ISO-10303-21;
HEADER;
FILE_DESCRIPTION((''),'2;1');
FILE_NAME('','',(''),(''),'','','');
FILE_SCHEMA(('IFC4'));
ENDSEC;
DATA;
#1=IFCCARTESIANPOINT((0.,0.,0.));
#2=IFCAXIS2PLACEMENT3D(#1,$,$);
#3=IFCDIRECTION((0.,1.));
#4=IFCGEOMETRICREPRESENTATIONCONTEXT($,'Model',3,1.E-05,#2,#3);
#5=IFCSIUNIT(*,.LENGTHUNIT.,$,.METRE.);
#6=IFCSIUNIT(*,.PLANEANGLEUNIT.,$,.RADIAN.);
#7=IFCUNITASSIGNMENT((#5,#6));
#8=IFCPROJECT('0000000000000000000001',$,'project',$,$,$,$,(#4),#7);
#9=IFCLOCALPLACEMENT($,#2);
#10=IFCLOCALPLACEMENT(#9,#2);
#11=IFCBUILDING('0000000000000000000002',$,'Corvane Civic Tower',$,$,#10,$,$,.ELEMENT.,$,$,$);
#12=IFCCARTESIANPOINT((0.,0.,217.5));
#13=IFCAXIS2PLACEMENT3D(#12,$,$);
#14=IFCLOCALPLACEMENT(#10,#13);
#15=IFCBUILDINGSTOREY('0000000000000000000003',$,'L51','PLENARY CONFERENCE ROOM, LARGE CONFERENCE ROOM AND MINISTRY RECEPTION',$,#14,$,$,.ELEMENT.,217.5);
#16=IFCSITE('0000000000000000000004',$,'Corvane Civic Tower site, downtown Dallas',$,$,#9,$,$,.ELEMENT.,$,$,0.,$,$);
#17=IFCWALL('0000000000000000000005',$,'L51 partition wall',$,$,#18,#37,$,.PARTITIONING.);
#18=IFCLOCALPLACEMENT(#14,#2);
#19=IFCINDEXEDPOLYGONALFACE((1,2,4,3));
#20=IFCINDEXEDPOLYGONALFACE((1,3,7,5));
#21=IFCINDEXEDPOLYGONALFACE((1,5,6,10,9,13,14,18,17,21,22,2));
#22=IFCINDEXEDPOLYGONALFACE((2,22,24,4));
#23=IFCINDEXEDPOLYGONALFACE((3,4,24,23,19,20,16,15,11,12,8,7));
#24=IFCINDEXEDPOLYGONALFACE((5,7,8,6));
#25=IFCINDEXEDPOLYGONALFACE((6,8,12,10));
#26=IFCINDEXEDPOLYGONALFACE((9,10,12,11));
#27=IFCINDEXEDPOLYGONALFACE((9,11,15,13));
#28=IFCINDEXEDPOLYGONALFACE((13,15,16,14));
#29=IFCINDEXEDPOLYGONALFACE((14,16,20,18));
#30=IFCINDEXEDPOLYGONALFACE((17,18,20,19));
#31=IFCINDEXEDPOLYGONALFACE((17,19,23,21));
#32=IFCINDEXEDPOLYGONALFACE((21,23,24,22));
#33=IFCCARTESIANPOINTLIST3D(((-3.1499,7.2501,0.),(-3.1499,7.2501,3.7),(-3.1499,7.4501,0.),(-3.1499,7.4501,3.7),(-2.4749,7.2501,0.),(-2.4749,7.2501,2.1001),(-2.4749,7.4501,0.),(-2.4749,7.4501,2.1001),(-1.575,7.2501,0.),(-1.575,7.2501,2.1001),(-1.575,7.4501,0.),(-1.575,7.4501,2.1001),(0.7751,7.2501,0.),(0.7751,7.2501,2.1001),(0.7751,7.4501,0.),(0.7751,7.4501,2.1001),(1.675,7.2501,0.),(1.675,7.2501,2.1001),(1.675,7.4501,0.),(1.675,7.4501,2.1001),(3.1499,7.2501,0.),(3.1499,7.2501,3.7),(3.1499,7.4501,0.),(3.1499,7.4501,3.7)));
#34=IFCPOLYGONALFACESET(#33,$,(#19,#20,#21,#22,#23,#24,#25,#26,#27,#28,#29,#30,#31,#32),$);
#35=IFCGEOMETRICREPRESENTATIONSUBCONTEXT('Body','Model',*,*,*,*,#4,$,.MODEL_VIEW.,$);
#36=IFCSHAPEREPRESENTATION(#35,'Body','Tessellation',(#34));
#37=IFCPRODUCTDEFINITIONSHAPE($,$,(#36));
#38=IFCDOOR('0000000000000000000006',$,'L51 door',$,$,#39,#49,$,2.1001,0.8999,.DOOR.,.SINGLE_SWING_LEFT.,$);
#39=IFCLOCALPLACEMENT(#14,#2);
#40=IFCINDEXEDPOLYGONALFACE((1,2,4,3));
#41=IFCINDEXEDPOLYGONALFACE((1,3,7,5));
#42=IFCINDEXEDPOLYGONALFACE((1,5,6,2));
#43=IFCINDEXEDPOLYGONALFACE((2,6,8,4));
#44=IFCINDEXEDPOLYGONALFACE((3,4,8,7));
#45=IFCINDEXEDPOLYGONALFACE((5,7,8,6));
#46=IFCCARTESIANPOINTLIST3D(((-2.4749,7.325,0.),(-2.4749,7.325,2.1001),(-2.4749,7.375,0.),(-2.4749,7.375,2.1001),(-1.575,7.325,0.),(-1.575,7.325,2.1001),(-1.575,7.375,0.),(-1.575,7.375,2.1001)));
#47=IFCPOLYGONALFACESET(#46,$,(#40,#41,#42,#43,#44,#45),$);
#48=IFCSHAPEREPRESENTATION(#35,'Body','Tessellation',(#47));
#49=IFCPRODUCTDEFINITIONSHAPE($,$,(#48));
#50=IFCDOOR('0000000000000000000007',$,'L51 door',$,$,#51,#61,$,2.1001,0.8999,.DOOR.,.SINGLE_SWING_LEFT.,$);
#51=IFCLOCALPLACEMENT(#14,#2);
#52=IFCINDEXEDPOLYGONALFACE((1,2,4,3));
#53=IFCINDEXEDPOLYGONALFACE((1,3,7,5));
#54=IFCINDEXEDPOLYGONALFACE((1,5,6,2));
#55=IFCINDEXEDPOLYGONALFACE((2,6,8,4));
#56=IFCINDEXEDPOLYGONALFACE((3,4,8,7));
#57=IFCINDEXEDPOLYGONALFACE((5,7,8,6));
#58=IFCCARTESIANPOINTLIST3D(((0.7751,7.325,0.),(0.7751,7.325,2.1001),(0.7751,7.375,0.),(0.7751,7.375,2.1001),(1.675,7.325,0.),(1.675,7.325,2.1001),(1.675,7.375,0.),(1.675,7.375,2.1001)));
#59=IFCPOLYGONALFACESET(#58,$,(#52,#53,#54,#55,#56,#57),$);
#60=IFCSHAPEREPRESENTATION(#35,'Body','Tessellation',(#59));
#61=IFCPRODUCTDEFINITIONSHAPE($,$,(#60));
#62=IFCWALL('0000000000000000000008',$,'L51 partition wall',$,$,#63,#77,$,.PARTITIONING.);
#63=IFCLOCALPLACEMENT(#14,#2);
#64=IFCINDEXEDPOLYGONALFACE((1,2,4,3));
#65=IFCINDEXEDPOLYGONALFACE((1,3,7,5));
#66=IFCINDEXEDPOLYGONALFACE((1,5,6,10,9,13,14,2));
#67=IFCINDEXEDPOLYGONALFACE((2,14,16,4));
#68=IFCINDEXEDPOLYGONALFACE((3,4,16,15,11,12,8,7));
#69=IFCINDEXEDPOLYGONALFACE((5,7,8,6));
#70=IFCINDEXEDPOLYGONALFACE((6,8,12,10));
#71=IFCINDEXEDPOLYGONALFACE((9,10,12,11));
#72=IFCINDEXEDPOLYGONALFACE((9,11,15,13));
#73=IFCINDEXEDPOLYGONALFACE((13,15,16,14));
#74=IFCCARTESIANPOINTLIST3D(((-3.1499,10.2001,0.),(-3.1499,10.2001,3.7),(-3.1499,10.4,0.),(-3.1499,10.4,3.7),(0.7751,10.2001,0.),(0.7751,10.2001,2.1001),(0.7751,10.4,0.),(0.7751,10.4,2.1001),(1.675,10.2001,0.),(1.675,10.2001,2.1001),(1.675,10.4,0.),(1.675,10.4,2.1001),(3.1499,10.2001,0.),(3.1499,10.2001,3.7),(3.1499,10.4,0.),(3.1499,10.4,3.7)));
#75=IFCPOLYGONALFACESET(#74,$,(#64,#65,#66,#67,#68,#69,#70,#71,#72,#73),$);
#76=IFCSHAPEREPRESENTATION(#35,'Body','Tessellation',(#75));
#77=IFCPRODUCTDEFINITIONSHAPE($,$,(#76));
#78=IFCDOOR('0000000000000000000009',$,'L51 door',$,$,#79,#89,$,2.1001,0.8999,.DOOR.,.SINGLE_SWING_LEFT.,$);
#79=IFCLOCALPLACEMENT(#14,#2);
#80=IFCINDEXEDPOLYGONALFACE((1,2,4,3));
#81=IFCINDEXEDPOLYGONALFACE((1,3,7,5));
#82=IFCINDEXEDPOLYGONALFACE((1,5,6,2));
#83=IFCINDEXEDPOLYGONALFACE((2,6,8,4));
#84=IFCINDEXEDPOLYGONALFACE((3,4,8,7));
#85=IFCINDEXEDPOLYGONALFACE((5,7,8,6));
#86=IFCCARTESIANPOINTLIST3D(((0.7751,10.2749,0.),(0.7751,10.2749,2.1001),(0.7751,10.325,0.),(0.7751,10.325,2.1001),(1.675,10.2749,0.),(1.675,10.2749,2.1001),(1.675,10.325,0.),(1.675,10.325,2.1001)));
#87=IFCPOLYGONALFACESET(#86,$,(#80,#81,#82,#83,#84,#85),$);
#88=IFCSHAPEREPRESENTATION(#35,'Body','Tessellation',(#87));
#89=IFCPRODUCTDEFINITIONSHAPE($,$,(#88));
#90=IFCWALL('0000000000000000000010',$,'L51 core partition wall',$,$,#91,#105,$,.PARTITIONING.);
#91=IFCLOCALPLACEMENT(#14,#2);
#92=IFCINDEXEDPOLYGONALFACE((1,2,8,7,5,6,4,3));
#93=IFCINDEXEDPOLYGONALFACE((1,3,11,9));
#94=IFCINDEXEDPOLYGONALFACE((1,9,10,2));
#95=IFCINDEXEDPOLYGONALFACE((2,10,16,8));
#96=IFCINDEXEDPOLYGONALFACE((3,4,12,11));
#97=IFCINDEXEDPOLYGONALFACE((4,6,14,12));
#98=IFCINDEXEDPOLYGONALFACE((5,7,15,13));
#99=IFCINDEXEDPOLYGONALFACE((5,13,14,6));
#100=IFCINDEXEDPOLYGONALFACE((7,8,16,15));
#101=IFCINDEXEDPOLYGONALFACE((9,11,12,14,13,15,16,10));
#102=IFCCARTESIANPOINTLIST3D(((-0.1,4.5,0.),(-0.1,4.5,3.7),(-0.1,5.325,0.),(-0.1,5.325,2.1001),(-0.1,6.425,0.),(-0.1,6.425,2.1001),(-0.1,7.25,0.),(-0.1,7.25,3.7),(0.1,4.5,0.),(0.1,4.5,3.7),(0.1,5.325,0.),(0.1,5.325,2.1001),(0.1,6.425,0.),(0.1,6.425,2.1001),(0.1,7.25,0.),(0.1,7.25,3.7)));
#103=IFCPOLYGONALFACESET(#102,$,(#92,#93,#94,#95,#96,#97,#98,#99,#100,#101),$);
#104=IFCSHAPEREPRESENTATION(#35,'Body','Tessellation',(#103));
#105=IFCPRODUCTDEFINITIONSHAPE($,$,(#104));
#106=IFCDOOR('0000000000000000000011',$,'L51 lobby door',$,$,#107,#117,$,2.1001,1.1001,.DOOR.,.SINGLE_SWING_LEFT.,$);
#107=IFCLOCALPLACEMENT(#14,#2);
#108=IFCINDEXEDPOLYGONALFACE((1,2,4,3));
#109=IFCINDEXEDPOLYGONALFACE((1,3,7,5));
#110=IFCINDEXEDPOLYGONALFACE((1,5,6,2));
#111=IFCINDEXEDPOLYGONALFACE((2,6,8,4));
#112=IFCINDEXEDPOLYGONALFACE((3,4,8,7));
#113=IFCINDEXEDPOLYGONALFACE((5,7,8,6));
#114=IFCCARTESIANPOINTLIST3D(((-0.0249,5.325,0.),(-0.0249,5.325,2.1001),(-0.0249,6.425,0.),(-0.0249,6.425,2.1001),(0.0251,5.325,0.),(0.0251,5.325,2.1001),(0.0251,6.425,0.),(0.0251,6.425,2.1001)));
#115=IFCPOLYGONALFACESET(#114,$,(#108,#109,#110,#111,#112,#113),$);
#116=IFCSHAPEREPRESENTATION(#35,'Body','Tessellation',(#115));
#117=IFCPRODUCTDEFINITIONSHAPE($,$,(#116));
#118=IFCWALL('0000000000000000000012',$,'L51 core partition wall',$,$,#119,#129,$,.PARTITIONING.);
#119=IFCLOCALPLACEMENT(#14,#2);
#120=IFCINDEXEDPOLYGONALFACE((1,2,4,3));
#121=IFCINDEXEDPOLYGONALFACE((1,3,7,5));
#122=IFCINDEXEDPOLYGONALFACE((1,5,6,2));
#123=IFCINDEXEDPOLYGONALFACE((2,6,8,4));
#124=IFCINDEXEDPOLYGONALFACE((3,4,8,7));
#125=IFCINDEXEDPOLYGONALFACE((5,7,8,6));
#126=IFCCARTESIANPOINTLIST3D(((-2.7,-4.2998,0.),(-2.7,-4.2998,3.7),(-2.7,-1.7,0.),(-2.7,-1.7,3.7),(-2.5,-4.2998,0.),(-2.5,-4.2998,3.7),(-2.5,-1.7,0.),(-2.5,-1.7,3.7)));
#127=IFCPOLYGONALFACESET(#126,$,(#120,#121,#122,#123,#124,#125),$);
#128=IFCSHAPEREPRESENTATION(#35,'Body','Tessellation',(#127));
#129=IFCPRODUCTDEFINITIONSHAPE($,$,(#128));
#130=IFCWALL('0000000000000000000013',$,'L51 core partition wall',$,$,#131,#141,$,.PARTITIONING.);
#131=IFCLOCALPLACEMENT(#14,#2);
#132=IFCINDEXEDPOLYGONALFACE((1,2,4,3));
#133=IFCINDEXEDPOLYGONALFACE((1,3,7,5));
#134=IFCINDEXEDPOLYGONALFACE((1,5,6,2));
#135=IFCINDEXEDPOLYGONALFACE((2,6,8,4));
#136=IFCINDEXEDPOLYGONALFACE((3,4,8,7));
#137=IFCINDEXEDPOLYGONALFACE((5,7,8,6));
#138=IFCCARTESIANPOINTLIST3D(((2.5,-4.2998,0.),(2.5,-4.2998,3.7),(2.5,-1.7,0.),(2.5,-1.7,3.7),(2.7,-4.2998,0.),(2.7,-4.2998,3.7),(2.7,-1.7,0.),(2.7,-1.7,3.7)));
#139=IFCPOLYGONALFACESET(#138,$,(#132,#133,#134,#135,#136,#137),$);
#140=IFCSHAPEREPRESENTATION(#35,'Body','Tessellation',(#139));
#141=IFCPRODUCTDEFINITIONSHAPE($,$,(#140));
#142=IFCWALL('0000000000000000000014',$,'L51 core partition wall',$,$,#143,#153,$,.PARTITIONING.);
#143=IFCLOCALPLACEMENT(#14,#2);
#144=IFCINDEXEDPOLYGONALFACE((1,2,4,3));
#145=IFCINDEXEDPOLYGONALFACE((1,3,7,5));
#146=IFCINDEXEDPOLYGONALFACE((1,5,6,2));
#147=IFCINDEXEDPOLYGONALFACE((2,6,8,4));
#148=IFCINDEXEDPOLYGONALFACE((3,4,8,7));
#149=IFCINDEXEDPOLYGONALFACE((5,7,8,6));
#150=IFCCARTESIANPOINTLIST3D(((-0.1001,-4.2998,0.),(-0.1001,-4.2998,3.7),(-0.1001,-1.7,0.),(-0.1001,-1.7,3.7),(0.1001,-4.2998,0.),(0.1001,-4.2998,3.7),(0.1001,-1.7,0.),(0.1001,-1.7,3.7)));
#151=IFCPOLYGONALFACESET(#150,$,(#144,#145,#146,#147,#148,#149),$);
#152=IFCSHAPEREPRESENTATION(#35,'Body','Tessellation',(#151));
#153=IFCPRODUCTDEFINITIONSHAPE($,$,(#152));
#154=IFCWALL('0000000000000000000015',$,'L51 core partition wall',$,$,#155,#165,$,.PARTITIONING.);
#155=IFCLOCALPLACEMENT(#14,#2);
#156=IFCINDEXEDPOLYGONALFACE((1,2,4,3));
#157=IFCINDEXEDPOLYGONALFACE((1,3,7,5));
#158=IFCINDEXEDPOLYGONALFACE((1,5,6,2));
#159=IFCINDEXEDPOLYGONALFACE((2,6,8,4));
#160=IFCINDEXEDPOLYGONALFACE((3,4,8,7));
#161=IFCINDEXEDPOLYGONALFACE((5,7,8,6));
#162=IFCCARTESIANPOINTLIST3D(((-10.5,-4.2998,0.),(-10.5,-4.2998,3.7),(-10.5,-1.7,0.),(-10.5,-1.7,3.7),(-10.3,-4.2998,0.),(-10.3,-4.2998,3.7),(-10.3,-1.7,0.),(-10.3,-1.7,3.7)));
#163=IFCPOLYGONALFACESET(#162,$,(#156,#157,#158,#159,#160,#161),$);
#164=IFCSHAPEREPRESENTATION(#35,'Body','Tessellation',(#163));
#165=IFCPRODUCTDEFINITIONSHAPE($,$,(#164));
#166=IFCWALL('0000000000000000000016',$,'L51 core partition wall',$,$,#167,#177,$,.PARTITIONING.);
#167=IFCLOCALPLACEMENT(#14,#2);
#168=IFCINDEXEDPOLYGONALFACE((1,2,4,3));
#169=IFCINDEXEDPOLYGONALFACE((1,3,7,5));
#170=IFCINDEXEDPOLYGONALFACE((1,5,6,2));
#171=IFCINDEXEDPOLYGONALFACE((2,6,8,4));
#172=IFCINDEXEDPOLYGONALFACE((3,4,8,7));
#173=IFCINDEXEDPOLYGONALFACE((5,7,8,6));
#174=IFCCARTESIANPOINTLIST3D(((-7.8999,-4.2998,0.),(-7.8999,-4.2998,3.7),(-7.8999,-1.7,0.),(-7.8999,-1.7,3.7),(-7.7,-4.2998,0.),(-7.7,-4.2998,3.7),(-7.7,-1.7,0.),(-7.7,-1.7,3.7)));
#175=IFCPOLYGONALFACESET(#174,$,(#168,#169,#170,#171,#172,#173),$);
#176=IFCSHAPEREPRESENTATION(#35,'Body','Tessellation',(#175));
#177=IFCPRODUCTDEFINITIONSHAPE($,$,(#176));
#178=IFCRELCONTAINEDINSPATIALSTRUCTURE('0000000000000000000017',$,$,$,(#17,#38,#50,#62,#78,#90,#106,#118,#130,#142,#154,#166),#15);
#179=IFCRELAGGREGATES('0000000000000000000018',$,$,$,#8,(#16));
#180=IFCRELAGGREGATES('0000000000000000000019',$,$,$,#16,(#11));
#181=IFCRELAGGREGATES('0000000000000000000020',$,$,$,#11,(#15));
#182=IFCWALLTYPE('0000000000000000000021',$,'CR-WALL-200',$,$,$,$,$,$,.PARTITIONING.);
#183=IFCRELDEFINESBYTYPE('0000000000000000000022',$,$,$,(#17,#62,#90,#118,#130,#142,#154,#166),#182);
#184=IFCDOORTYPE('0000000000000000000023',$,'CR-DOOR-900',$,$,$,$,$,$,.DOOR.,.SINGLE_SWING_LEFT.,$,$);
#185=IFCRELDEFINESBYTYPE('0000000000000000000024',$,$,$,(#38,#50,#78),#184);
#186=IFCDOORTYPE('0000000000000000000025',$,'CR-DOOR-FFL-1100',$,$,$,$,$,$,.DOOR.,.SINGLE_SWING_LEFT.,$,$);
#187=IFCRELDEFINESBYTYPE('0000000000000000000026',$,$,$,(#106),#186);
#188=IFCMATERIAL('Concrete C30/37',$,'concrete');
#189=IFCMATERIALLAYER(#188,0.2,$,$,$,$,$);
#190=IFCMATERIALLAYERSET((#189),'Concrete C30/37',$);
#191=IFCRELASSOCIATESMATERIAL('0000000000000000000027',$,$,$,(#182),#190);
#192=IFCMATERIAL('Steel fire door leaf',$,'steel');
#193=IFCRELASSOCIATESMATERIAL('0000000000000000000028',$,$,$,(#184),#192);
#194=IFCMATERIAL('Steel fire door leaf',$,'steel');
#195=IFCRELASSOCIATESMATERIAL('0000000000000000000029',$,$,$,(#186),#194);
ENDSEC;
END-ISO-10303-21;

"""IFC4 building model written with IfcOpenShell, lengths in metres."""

from ifc_helpers import new_model, si_unit, direction, frame, frame_2d, origin, place, context, subcontext, project, spatial, polyline, rectangle, outline, extrude, material, layer, layer_set, type_object, element, fill, save


model = new_model("IFC4")

# Units and contexts
model_context = context("Model", 3, precision=1e-05, world=origin(), true_north=direction((0.0, 1.0)))
body_context = subcontext(model_context, "Body", "Model", "MODEL_VIEW")
ifc_project = project(units=[si_unit("LENGTHUNIT", "METRE"), si_unit("PLANEANGLEUNIT", "RADIAN")], contexts=[model_context])

# Site, building, storey
site_placement = place(None, origin())
site = spatial("IfcSite", under=ifc_project, at=site_placement, Name="Corvane Civic Tower site, downtown Dallas", CompositionType="ELEMENT", RefElevation=0.0)
building_placement = place(site_placement, origin())
building = spatial("IfcBuilding", under=site, at=building_placement, Name="Corvane Civic Tower", CompositionType="ELEMENT")
storey_placement = place(building_placement, frame((0.0, 0.0, 217.5)))
storey = spatial("IfcBuildingStorey", under=building, at=storey_placement, Name="L51", Description="PLENARY CONFERENCE ROOM, LARGE CONFERENCE ROOM AND MINISTRY RECEPTION", CompositionType="ELEMENT", Elevation=217.5)

# Wall, openings, doors
ifc_material_1 = material(Name="Concrete C30/37", Category="concrete")
ifc_layer = layer(ifc_material_1, 0.2)
ifc_layer_set = layer_set([ifc_layer], Name="Concrete C30/37")
wall_type = type_object("IfcWallType", Name="CR-WALL-200", PredefinedType="PARTITIONING", material=ifc_layer_set)
wall_1_placement = place(storey_placement, frame((-3.1499, 7.3501, 0.0), z_axis=(0.0, 0.0, 1.0), x_axis=(1.0, 0.0, 0.0)))
wall_1 = element("IfcWall", 1, at=wall_1_placement, inside=storey, type_object=wall_type, Name="L51 partition wall", PredefinedType="PARTITIONING", context=body_context, shape_type="SweptSolid", body=[
    extrude(rectangle(XDim=6.2998, YDim=0.2, at=frame_2d((3.1499, 0.0))), origin(), (0.0, 0.0, 1.0), 3.7),
])
opening_1_placement = place(wall_1_placement, frame((0.675, 0.0, 0.0)))
opening_1 = element("IfcOpeningElement", 2, at=opening_1_placement, cuts=wall_1, PredefinedType="OPENING", context=body_context, shape_type="SweptSolid", body=[
    extrude(rectangle(XDim=0.8999, YDim=2.1001, at=frame_2d((0.45, 1.05))), frame((0.0, 0.1099, 0.0), z_axis=(0.0, -1.0, 0.0), x_axis=(1.0, 0.0, 0.0)), (0.0, 0.0, 1.0), 0.22),
])
opening_2_placement = place(wall_1_placement, frame((3.925, 0.0, 0.0)))
opening_2 = element("IfcOpeningElement", 3, at=opening_2_placement, cuts=wall_1, PredefinedType="OPENING", context=body_context, shape_type="SweptSolid", body=[
    extrude(rectangle(XDim=0.8999, YDim=2.1001, at=frame_2d((0.45, 1.05))), frame((0.0, 0.1099, 0.0), z_axis=(0.0, -1.0, 0.0), x_axis=(1.0, 0.0, 0.0)), (0.0, 0.0, 1.0), 0.22),
])
ifc_material_2 = material(Name="Steel fire door leaf", Category="steel")
door_type_1 = type_object("IfcDoorType", Name="CR-DOOR-900", OperationType="SINGLE_SWING_LEFT", PredefinedType="DOOR", material=ifc_material_2)
door_1_placement = place(opening_1_placement, origin())
door_1 = element("IfcDoor", 4, at=door_1_placement, inside=storey, type_object=door_type_1, Name="L51 door", OperationType="SINGLE_SWING_LEFT", OverallHeight=2.1001, OverallWidth=0.8999, PredefinedType="DOOR", context=body_context, shape_type="SweptSolid", body=[
    extrude(rectangle(XDim=0.8999, YDim=2.1001, at=frame_2d((0.45, 1.05))), frame((0.0, 0.0249, 0.0), z_axis=(0.0, -1.0, 0.0), x_axis=(1.0, 0.0, 0.0)), (0.0, 0.0, 1.0), 0.05),
])
fill(opening_1, door_1)
door_2_placement = place(opening_2_placement, origin())
door_2 = element("IfcDoor", 5, at=door_2_placement, inside=storey, type_object=door_type_1, Name="L51 door", OperationType="SINGLE_SWING_LEFT", OverallHeight=2.1001, OverallWidth=0.8999, PredefinedType="DOOR", context=body_context, shape_type="SweptSolid", body=[
    extrude(rectangle(XDim=0.8999, YDim=2.1001, at=frame_2d((0.45, 1.05))), frame((0.0, 0.0249, 0.0), z_axis=(0.0, -1.0, 0.0), x_axis=(1.0, 0.0, 0.0)), (0.0, 0.0, 1.0), 0.05),
])
fill(opening_2, door_2)

# Walls, openings, doors
wall_2_placement = place(storey_placement, frame((-3.1499, 10.3, 0.0), z_axis=(0.0, 0.0, 1.0), x_axis=(1.0, 0.0, 0.0)))
wall_2 = element("IfcWall", 6, at=wall_2_placement, inside=storey, type_object=wall_type, Name="L51 partition wall", PredefinedType="PARTITIONING", context=body_context, shape_type="SweptSolid", body=[
    extrude(rectangle(XDim=6.2998, YDim=0.2, at=frame_2d((3.1499, 0.0))), origin(), (0.0, 0.0, 1.0), 3.7),
])
opening_3_placement = place(wall_2_placement, frame((3.925, 0.0, 0.0)))
opening_3 = element("IfcOpeningElement", 7, at=opening_3_placement, cuts=wall_2, PredefinedType="OPENING", context=body_context, shape_type="SweptSolid", body=[
    extrude(rectangle(XDim=0.8999, YDim=2.1001, at=frame_2d((0.45, 1.05))), frame((0.0, 0.1099, 0.0), z_axis=(0.0, -1.0, 0.0), x_axis=(1.0, 0.0, 0.0)), (0.0, 0.0, 1.0), 0.22),
])
door_3_placement = place(opening_3_placement, origin())
door_3 = element("IfcDoor", 8, at=door_3_placement, inside=storey, type_object=door_type_1, Name="L51 door", OperationType="SINGLE_SWING_LEFT", OverallHeight=2.1001, OverallWidth=0.8999, PredefinedType="DOOR", context=body_context, shape_type="SweptSolid", body=[
    extrude(rectangle(XDim=0.8999, YDim=2.1001, at=frame_2d((0.45, 1.05))), frame((0.0, 0.0249, 0.0), z_axis=(0.0, -1.0, 0.0), x_axis=(1.0, 0.0, 0.0)), (0.0, 0.0, 1.0), 0.05),
])
fill(opening_3, door_3)
wall_3_placement = place(storey_placement, frame((0.0, 4.5, 0.0), z_axis=(0.0, 0.0, 1.0), x_axis=(0.0, 1.0, 0.0)))
wall_3 = element("IfcWall", 9, at=wall_3_placement, inside=storey, type_object=wall_type, Name="L51 core partition wall", PredefinedType="PARTITIONING", context=body_context, shape_type="SweptSolid", body=[
    extrude(rectangle(XDim=2.75, YDim=0.2, at=frame_2d((1.375, 0.0))), origin(), (0.0, 0.0, 1.0), 3.7),
])
opening_4_placement = place(wall_3_placement, frame((0.825, 0.0, 0.0)))
opening_4 = element("IfcOpeningElement", 10, at=opening_4_placement, cuts=wall_3, PredefinedType="OPENING", context=body_context, shape_type="SweptSolid", body=[
    extrude(rectangle(XDim=1.1001, YDim=2.1001, at=frame_2d((0.55, 1.05))), frame((0.0, 0.1099, 0.0), z_axis=(0.0, -1.0, 0.0), x_axis=(1.0, 0.0, 0.0)), (0.0, 0.0, 1.0), 0.22),
])
ifc_material_3 = material(Name="Steel fire door leaf", Category="steel")
door_type_2 = type_object("IfcDoorType", Name="CR-DOOR-FFL-1100", OperationType="SINGLE_SWING_LEFT", PredefinedType="DOOR", material=ifc_material_3)
door_4_placement = place(opening_4_placement, origin())
door_4 = element("IfcDoor", 11, at=door_4_placement, inside=storey, type_object=door_type_2, Name="L51 lobby door", OperationType="SINGLE_SWING_LEFT", OverallHeight=2.1001, OverallWidth=1.1001, PredefinedType="DOOR", context=body_context, shape_type="SweptSolid", body=[
    extrude(rectangle(XDim=1.1001, YDim=2.1001, at=frame_2d((0.55, 1.05))), frame((0.0, 0.0249, 0.0), z_axis=(0.0, -1.0, 0.0), x_axis=(1.0, 0.0, 0.0)), (0.0, 0.0, 1.0), 0.05),
])
fill(opening_4, door_4)

# Walls
wall_4_placement = place(storey_placement, origin())
element("IfcWall", 12, at=wall_4_placement, inside=storey, type_object=wall_type, Name="L51 core partition wall", PredefinedType="PARTITIONING", context=body_context, shape_type="SweptSolid", body=[
    extrude(outline(polyline([(-2.5, -1.7), (-2.5, -4.2998), (-2.7, -4.2998), (-2.7, -1.7), (-2.5, -1.7)])), origin(), (0.0, 0.0, 1.0), 3.7),
])
wall_5_placement = place(storey_placement, origin())
element("IfcWall", 13, at=wall_5_placement, inside=storey, type_object=wall_type, Name="L51 core partition wall", PredefinedType="PARTITIONING", context=body_context, shape_type="SweptSolid", body=[
    extrude(outline(polyline([(2.7, -1.7), (2.7, -4.2998), (2.5, -4.2998), (2.5, -1.7), (2.7, -1.7)])), origin(), (0.0, 0.0, 1.0), 3.7),
])
wall_6_placement = place(storey_placement, origin())
element("IfcWall", 14, at=wall_6_placement, inside=storey, type_object=wall_type, Name="L51 core partition wall", PredefinedType="PARTITIONING", context=body_context, shape_type="SweptSolid", body=[
    extrude(outline(polyline([(0.1001, -1.7), (0.1001, -4.2998), (-0.1001, -4.2998), (-0.1001, -1.7), (0.1001, -1.7)])), origin(), (0.0, 0.0, 1.0), 3.7),
])
wall_7_placement = place(storey_placement, origin())
element("IfcWall", 15, at=wall_7_placement, inside=storey, type_object=wall_type, Name="L51 core partition wall", PredefinedType="PARTITIONING", context=body_context, shape_type="SweptSolid", body=[
    extrude(outline(polyline([(-10.3, -1.7), (-10.3, -4.2998), (-10.5, -4.2998), (-10.5, -1.7), (-10.3, -1.7)])), origin(), (0.0, 0.0, 1.0), 3.7),
])
wall_8_placement = place(storey_placement, origin())
element("IfcWall", 16, at=wall_8_placement, inside=storey, type_object=wall_type, Name="L51 core partition wall", PredefinedType="PARTITIONING", context=body_context, shape_type="SweptSolid", body=[
    extrude(outline(polyline([(-7.7, -1.7), (-7.7, -4.2998), (-7.8999, -4.2998), (-7.8999, -1.7), (-7.7, -1.7)])), origin(), (0.0, 0.0, 1.0), 3.7),
])

save(model, "model.ifc")
